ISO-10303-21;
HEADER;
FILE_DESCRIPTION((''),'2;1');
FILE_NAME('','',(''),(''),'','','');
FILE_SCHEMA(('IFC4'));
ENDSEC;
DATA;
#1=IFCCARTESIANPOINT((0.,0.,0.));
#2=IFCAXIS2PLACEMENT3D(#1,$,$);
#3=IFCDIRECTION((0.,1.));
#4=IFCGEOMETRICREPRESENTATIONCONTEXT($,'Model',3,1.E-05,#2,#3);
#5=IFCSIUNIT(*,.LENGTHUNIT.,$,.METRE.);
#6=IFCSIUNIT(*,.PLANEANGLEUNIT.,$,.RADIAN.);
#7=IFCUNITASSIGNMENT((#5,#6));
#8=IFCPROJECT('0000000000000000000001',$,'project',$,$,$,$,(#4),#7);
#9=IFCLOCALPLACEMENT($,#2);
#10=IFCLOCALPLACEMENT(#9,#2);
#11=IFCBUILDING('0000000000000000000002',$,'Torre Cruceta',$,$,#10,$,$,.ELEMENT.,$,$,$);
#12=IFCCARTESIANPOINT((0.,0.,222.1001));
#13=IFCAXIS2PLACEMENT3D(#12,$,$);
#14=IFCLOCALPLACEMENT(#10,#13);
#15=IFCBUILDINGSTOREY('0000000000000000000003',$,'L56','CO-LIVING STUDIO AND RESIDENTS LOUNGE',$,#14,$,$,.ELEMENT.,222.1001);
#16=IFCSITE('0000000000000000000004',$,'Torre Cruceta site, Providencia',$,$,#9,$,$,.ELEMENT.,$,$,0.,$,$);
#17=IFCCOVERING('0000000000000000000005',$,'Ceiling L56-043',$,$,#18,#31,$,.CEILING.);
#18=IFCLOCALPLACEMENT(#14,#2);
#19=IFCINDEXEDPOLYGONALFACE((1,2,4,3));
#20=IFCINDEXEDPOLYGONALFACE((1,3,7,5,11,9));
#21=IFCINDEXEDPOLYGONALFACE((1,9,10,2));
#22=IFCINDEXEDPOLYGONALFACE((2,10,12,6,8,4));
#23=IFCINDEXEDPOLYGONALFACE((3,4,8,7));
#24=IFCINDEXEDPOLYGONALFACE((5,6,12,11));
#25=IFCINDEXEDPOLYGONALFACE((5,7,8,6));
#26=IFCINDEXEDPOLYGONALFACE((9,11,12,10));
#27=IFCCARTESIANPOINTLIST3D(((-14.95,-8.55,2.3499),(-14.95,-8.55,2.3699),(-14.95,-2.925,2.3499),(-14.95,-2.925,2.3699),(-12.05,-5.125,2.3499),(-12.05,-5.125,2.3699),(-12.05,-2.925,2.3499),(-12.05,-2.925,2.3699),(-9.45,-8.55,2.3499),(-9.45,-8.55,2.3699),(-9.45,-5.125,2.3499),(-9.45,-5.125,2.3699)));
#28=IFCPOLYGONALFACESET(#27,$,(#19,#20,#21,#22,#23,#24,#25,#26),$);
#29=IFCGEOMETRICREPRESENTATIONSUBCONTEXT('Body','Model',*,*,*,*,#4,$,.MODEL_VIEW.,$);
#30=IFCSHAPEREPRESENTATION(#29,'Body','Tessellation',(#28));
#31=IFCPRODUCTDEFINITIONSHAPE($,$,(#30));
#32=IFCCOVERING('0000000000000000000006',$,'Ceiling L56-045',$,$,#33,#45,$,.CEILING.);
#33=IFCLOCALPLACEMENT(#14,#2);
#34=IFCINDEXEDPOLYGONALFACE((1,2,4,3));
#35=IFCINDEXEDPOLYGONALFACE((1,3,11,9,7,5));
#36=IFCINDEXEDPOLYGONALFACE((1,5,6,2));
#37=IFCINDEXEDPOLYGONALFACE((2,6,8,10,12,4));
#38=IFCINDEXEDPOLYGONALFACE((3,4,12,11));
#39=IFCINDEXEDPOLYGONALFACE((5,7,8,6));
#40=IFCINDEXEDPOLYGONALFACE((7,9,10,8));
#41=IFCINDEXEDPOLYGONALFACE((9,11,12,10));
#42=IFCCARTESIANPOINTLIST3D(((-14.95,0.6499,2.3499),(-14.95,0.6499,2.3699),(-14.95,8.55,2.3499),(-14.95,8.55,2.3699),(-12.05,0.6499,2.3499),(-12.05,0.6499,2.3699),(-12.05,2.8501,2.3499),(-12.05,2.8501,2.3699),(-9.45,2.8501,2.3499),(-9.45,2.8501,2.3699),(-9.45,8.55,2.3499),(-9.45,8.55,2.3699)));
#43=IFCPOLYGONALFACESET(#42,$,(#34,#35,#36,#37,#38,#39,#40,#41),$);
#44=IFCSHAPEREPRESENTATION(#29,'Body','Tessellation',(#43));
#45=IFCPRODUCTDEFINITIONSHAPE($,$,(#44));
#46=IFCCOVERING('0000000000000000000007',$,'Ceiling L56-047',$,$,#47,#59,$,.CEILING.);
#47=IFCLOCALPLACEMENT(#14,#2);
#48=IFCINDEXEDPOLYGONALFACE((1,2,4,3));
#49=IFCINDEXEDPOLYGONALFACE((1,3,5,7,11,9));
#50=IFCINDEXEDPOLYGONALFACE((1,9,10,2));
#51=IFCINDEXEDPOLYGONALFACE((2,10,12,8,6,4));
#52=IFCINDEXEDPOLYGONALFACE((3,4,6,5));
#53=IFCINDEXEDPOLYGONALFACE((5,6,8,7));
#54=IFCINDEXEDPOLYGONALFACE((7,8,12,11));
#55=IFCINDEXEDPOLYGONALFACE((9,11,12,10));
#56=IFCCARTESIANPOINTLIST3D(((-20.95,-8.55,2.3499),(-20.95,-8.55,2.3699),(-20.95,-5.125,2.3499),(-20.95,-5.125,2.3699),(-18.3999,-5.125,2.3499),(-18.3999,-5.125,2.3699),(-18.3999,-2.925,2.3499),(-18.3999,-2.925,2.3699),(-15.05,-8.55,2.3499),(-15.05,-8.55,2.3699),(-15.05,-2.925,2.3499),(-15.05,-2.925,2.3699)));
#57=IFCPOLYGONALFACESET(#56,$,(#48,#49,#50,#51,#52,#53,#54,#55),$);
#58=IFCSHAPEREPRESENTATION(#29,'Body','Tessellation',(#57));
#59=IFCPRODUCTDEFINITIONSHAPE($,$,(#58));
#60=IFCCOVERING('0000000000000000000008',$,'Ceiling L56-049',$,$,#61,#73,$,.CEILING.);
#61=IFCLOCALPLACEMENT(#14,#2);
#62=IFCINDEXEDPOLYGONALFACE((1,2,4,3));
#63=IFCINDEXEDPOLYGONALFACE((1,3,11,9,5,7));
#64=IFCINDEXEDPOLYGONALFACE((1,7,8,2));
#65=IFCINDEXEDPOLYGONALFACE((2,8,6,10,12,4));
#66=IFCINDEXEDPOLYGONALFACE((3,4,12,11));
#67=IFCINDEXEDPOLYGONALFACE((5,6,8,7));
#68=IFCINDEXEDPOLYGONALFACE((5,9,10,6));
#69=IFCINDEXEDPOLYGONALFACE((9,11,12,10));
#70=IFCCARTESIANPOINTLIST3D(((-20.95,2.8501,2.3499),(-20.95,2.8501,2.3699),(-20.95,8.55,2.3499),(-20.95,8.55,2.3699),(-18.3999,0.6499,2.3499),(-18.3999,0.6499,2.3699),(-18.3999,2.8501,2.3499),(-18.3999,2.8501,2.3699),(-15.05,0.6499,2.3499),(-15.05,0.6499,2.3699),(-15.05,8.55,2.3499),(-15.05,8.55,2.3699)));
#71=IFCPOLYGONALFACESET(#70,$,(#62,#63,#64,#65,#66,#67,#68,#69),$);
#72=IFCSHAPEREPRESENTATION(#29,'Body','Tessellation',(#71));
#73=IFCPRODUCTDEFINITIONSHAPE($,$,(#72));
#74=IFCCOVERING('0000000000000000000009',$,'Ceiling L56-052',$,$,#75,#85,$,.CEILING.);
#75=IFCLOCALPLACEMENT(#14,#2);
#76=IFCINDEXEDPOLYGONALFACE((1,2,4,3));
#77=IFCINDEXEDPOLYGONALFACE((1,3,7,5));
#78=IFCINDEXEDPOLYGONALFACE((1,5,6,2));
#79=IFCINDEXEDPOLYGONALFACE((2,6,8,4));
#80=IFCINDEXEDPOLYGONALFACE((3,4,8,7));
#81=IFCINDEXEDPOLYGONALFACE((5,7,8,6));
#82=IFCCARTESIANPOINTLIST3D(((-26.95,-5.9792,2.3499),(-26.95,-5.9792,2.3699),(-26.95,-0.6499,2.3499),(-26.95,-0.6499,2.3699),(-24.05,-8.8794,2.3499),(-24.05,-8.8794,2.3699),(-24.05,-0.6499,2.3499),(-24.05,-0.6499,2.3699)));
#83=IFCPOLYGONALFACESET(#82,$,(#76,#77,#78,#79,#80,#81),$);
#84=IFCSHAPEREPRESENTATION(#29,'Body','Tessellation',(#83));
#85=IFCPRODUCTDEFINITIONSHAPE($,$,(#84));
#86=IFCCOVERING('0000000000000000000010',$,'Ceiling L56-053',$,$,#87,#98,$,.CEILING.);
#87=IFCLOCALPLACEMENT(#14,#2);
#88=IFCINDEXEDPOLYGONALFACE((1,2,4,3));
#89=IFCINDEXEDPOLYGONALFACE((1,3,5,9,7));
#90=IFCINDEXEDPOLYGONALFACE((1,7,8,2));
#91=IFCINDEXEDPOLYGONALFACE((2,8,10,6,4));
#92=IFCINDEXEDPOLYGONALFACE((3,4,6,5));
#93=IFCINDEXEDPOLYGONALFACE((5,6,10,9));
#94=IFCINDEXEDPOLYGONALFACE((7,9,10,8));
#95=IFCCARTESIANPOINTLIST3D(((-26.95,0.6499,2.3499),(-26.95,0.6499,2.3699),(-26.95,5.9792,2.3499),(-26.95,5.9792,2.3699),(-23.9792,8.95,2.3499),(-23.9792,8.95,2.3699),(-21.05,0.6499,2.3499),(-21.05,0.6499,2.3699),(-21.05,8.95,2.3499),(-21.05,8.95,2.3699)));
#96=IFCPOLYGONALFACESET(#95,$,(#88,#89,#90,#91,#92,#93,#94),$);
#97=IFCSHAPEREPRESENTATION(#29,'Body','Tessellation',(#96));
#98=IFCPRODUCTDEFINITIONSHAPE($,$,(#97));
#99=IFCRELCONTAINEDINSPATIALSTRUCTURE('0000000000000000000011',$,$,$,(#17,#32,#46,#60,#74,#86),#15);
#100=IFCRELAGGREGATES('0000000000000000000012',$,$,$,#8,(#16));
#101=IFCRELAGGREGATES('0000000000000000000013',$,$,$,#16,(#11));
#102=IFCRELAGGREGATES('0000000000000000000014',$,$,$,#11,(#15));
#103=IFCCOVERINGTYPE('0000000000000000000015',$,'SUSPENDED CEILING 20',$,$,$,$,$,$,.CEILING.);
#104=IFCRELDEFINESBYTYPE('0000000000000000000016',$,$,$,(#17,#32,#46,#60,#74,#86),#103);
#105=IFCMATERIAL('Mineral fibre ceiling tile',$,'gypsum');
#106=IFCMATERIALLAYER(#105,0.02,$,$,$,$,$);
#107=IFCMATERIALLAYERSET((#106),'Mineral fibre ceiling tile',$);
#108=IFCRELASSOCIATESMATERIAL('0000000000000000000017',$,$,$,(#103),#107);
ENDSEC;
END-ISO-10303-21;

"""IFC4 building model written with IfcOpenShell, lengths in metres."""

from ifc_helpers import new_model, si_unit, direction, frame, origin, place, context, subcontext, project, spatial, polyline, outline, extrude, material, layer, layer_set, type_object, element, save


model = new_model("IFC4")

# Units and contexts
model_context = context("Model", 3, precision=1e-05, world=origin(), true_north=direction((0.0, 1.0)))
body_context = subcontext(model_context, "Body", "Model", "MODEL_VIEW")
ifc_project = project(units=[si_unit("LENGTHUNIT", "METRE"), si_unit("PLANEANGLEUNIT", "RADIAN")], contexts=[model_context])

# Site, building, storey
site_placement = place(None, origin())
site = spatial("IfcSite", under=ifc_project, at=site_placement, Name="Torre Cruceta site, Providencia", CompositionType="ELEMENT", RefElevation=0.0)
building_placement = place(site_placement, origin())
building = spatial("IfcBuilding", under=site, at=building_placement, Name="Torre Cruceta", CompositionType="ELEMENT")
storey_placement = place(building_placement, frame((0.0, 0.0, 222.1001)))
storey = spatial("IfcBuildingStorey", under=building, at=storey_placement, Name="L56", Description="CO-LIVING STUDIO AND RESIDENTS LOUNGE", CompositionType="ELEMENT", Elevation=222.1001)

# Coverings
ifc_material_1 = material(Name="Mineral fibre ceiling tile", Category="gypsum")
ifc_layer_1 = layer(ifc_material_1, 0.02)
ifc_layer_set_1 = layer_set([ifc_layer_1], Name="Mineral fibre ceiling tile")
covering_type_1 = type_object("IfcCoveringType", Name="SUSPENDED CEILING 20", PredefinedType="CEILING", material=ifc_layer_set_1)
covering_1_placement = place(storey_placement, frame((0.0, 0.0, 2.3499)))
element("IfcCovering", 1, at=covering_1_placement, inside=storey, type_object=covering_type_1, Name="Ceiling L56-043", PredefinedType="CEILING", context=body_context, shape_type="SweptSolid", body=[
    extrude(outline(polyline([(-9.45, -8.55), (-14.95, -8.55), (-14.95, -2.925), (-12.05, -2.925), (-12.05, -5.125), (-9.45, -5.125), (-9.45, -8.55)])), origin(), (0.0, 0.0, 1.0), 0.02),
])
covering_2_placement = place(storey_placement, frame((0.0, 0.0, 2.3499)))
element("IfcCovering", 2, at=covering_2_placement, inside=storey, type_object=covering_type_1, Name="Ceiling L56-045", PredefinedType="CEILING", context=body_context, shape_type="SweptSolid", body=[
    extrude(outline(polyline([(-14.95, 0.6499), (-14.95, 8.55), (-9.45, 8.55), (-9.45, 2.8501), (-12.05, 2.8501), (-12.05, 0.6499), (-14.95, 0.6499)])), origin(), (0.0, 0.0, 1.0), 0.02),
])
covering_3_placement = place(storey_placement, frame((0.0, 0.0, 2.3499)))
element("IfcCovering", 3, at=covering_3_placement, inside=storey, type_object=covering_type_1, Name="Ceiling L56-047", PredefinedType="CEILING", context=body_context, shape_type="SweptSolid", body=[
    extrude(outline(polyline([(-15.05, -2.925), (-15.05, -8.55), (-20.95, -8.55), (-20.95, -5.125), (-18.3999, -5.125), (-18.3999, -2.925), (-15.05, -2.925)])), origin(), (0.0, 0.0, 1.0), 0.02),
])
covering_4_placement = place(storey_placement, frame((0.0, 0.0, 2.3499)))
element("IfcCovering", 4, at=covering_4_placement, inside=storey, type_object=covering_type_1, Name="Ceiling L56-049", PredefinedType="CEILING", context=body_context, shape_type="SweptSolid", body=[
    extrude(outline(polyline([(-20.95, 8.55), (-15.05, 8.55), (-15.05, 0.6499), (-18.3999, 0.6499), (-18.3999, 2.8501), (-20.95, 2.8501), (-20.95, 8.55)])), origin(), (0.0, 0.0, 1.0), 0.02),
])
covering_5_placement = place(storey_placement, frame((0.0, 0.0, 2.3499)))
element("IfcCovering", 5, at=covering_5_placement, inside=storey, type_object=covering_type_1, Name="Ceiling L56-052", PredefinedType="CEILING", context=body_context, shape_type="SweptSolid", body=[
    extrude(outline(polyline([(-26.95, -0.6499), (-24.05, -0.6499), (-24.05, -8.8794), (-26.95, -5.9792), (-26.95, -0.6499)])), origin(), (0.0, 0.0, 1.0), 0.02),
])
covering_6_placement = place(storey_placement, frame((0.0, 0.0, 2.3499)))
element("IfcCovering", 6, at=covering_6_placement, inside=storey, type_object=covering_type_1, Name="Ceiling L56-053", PredefinedType="CEILING", context=body_context, shape_type="SweptSolid", body=[
    extrude(outline(polyline([(-23.9792, 8.95), (-21.05, 8.95), (-21.05, 0.6499), (-26.95, 0.6499), (-26.95, 5.9792), (-23.9792, 8.95)])), origin(), (0.0, 0.0, 1.0), 0.02),
])

save(model, "model.ifc")
